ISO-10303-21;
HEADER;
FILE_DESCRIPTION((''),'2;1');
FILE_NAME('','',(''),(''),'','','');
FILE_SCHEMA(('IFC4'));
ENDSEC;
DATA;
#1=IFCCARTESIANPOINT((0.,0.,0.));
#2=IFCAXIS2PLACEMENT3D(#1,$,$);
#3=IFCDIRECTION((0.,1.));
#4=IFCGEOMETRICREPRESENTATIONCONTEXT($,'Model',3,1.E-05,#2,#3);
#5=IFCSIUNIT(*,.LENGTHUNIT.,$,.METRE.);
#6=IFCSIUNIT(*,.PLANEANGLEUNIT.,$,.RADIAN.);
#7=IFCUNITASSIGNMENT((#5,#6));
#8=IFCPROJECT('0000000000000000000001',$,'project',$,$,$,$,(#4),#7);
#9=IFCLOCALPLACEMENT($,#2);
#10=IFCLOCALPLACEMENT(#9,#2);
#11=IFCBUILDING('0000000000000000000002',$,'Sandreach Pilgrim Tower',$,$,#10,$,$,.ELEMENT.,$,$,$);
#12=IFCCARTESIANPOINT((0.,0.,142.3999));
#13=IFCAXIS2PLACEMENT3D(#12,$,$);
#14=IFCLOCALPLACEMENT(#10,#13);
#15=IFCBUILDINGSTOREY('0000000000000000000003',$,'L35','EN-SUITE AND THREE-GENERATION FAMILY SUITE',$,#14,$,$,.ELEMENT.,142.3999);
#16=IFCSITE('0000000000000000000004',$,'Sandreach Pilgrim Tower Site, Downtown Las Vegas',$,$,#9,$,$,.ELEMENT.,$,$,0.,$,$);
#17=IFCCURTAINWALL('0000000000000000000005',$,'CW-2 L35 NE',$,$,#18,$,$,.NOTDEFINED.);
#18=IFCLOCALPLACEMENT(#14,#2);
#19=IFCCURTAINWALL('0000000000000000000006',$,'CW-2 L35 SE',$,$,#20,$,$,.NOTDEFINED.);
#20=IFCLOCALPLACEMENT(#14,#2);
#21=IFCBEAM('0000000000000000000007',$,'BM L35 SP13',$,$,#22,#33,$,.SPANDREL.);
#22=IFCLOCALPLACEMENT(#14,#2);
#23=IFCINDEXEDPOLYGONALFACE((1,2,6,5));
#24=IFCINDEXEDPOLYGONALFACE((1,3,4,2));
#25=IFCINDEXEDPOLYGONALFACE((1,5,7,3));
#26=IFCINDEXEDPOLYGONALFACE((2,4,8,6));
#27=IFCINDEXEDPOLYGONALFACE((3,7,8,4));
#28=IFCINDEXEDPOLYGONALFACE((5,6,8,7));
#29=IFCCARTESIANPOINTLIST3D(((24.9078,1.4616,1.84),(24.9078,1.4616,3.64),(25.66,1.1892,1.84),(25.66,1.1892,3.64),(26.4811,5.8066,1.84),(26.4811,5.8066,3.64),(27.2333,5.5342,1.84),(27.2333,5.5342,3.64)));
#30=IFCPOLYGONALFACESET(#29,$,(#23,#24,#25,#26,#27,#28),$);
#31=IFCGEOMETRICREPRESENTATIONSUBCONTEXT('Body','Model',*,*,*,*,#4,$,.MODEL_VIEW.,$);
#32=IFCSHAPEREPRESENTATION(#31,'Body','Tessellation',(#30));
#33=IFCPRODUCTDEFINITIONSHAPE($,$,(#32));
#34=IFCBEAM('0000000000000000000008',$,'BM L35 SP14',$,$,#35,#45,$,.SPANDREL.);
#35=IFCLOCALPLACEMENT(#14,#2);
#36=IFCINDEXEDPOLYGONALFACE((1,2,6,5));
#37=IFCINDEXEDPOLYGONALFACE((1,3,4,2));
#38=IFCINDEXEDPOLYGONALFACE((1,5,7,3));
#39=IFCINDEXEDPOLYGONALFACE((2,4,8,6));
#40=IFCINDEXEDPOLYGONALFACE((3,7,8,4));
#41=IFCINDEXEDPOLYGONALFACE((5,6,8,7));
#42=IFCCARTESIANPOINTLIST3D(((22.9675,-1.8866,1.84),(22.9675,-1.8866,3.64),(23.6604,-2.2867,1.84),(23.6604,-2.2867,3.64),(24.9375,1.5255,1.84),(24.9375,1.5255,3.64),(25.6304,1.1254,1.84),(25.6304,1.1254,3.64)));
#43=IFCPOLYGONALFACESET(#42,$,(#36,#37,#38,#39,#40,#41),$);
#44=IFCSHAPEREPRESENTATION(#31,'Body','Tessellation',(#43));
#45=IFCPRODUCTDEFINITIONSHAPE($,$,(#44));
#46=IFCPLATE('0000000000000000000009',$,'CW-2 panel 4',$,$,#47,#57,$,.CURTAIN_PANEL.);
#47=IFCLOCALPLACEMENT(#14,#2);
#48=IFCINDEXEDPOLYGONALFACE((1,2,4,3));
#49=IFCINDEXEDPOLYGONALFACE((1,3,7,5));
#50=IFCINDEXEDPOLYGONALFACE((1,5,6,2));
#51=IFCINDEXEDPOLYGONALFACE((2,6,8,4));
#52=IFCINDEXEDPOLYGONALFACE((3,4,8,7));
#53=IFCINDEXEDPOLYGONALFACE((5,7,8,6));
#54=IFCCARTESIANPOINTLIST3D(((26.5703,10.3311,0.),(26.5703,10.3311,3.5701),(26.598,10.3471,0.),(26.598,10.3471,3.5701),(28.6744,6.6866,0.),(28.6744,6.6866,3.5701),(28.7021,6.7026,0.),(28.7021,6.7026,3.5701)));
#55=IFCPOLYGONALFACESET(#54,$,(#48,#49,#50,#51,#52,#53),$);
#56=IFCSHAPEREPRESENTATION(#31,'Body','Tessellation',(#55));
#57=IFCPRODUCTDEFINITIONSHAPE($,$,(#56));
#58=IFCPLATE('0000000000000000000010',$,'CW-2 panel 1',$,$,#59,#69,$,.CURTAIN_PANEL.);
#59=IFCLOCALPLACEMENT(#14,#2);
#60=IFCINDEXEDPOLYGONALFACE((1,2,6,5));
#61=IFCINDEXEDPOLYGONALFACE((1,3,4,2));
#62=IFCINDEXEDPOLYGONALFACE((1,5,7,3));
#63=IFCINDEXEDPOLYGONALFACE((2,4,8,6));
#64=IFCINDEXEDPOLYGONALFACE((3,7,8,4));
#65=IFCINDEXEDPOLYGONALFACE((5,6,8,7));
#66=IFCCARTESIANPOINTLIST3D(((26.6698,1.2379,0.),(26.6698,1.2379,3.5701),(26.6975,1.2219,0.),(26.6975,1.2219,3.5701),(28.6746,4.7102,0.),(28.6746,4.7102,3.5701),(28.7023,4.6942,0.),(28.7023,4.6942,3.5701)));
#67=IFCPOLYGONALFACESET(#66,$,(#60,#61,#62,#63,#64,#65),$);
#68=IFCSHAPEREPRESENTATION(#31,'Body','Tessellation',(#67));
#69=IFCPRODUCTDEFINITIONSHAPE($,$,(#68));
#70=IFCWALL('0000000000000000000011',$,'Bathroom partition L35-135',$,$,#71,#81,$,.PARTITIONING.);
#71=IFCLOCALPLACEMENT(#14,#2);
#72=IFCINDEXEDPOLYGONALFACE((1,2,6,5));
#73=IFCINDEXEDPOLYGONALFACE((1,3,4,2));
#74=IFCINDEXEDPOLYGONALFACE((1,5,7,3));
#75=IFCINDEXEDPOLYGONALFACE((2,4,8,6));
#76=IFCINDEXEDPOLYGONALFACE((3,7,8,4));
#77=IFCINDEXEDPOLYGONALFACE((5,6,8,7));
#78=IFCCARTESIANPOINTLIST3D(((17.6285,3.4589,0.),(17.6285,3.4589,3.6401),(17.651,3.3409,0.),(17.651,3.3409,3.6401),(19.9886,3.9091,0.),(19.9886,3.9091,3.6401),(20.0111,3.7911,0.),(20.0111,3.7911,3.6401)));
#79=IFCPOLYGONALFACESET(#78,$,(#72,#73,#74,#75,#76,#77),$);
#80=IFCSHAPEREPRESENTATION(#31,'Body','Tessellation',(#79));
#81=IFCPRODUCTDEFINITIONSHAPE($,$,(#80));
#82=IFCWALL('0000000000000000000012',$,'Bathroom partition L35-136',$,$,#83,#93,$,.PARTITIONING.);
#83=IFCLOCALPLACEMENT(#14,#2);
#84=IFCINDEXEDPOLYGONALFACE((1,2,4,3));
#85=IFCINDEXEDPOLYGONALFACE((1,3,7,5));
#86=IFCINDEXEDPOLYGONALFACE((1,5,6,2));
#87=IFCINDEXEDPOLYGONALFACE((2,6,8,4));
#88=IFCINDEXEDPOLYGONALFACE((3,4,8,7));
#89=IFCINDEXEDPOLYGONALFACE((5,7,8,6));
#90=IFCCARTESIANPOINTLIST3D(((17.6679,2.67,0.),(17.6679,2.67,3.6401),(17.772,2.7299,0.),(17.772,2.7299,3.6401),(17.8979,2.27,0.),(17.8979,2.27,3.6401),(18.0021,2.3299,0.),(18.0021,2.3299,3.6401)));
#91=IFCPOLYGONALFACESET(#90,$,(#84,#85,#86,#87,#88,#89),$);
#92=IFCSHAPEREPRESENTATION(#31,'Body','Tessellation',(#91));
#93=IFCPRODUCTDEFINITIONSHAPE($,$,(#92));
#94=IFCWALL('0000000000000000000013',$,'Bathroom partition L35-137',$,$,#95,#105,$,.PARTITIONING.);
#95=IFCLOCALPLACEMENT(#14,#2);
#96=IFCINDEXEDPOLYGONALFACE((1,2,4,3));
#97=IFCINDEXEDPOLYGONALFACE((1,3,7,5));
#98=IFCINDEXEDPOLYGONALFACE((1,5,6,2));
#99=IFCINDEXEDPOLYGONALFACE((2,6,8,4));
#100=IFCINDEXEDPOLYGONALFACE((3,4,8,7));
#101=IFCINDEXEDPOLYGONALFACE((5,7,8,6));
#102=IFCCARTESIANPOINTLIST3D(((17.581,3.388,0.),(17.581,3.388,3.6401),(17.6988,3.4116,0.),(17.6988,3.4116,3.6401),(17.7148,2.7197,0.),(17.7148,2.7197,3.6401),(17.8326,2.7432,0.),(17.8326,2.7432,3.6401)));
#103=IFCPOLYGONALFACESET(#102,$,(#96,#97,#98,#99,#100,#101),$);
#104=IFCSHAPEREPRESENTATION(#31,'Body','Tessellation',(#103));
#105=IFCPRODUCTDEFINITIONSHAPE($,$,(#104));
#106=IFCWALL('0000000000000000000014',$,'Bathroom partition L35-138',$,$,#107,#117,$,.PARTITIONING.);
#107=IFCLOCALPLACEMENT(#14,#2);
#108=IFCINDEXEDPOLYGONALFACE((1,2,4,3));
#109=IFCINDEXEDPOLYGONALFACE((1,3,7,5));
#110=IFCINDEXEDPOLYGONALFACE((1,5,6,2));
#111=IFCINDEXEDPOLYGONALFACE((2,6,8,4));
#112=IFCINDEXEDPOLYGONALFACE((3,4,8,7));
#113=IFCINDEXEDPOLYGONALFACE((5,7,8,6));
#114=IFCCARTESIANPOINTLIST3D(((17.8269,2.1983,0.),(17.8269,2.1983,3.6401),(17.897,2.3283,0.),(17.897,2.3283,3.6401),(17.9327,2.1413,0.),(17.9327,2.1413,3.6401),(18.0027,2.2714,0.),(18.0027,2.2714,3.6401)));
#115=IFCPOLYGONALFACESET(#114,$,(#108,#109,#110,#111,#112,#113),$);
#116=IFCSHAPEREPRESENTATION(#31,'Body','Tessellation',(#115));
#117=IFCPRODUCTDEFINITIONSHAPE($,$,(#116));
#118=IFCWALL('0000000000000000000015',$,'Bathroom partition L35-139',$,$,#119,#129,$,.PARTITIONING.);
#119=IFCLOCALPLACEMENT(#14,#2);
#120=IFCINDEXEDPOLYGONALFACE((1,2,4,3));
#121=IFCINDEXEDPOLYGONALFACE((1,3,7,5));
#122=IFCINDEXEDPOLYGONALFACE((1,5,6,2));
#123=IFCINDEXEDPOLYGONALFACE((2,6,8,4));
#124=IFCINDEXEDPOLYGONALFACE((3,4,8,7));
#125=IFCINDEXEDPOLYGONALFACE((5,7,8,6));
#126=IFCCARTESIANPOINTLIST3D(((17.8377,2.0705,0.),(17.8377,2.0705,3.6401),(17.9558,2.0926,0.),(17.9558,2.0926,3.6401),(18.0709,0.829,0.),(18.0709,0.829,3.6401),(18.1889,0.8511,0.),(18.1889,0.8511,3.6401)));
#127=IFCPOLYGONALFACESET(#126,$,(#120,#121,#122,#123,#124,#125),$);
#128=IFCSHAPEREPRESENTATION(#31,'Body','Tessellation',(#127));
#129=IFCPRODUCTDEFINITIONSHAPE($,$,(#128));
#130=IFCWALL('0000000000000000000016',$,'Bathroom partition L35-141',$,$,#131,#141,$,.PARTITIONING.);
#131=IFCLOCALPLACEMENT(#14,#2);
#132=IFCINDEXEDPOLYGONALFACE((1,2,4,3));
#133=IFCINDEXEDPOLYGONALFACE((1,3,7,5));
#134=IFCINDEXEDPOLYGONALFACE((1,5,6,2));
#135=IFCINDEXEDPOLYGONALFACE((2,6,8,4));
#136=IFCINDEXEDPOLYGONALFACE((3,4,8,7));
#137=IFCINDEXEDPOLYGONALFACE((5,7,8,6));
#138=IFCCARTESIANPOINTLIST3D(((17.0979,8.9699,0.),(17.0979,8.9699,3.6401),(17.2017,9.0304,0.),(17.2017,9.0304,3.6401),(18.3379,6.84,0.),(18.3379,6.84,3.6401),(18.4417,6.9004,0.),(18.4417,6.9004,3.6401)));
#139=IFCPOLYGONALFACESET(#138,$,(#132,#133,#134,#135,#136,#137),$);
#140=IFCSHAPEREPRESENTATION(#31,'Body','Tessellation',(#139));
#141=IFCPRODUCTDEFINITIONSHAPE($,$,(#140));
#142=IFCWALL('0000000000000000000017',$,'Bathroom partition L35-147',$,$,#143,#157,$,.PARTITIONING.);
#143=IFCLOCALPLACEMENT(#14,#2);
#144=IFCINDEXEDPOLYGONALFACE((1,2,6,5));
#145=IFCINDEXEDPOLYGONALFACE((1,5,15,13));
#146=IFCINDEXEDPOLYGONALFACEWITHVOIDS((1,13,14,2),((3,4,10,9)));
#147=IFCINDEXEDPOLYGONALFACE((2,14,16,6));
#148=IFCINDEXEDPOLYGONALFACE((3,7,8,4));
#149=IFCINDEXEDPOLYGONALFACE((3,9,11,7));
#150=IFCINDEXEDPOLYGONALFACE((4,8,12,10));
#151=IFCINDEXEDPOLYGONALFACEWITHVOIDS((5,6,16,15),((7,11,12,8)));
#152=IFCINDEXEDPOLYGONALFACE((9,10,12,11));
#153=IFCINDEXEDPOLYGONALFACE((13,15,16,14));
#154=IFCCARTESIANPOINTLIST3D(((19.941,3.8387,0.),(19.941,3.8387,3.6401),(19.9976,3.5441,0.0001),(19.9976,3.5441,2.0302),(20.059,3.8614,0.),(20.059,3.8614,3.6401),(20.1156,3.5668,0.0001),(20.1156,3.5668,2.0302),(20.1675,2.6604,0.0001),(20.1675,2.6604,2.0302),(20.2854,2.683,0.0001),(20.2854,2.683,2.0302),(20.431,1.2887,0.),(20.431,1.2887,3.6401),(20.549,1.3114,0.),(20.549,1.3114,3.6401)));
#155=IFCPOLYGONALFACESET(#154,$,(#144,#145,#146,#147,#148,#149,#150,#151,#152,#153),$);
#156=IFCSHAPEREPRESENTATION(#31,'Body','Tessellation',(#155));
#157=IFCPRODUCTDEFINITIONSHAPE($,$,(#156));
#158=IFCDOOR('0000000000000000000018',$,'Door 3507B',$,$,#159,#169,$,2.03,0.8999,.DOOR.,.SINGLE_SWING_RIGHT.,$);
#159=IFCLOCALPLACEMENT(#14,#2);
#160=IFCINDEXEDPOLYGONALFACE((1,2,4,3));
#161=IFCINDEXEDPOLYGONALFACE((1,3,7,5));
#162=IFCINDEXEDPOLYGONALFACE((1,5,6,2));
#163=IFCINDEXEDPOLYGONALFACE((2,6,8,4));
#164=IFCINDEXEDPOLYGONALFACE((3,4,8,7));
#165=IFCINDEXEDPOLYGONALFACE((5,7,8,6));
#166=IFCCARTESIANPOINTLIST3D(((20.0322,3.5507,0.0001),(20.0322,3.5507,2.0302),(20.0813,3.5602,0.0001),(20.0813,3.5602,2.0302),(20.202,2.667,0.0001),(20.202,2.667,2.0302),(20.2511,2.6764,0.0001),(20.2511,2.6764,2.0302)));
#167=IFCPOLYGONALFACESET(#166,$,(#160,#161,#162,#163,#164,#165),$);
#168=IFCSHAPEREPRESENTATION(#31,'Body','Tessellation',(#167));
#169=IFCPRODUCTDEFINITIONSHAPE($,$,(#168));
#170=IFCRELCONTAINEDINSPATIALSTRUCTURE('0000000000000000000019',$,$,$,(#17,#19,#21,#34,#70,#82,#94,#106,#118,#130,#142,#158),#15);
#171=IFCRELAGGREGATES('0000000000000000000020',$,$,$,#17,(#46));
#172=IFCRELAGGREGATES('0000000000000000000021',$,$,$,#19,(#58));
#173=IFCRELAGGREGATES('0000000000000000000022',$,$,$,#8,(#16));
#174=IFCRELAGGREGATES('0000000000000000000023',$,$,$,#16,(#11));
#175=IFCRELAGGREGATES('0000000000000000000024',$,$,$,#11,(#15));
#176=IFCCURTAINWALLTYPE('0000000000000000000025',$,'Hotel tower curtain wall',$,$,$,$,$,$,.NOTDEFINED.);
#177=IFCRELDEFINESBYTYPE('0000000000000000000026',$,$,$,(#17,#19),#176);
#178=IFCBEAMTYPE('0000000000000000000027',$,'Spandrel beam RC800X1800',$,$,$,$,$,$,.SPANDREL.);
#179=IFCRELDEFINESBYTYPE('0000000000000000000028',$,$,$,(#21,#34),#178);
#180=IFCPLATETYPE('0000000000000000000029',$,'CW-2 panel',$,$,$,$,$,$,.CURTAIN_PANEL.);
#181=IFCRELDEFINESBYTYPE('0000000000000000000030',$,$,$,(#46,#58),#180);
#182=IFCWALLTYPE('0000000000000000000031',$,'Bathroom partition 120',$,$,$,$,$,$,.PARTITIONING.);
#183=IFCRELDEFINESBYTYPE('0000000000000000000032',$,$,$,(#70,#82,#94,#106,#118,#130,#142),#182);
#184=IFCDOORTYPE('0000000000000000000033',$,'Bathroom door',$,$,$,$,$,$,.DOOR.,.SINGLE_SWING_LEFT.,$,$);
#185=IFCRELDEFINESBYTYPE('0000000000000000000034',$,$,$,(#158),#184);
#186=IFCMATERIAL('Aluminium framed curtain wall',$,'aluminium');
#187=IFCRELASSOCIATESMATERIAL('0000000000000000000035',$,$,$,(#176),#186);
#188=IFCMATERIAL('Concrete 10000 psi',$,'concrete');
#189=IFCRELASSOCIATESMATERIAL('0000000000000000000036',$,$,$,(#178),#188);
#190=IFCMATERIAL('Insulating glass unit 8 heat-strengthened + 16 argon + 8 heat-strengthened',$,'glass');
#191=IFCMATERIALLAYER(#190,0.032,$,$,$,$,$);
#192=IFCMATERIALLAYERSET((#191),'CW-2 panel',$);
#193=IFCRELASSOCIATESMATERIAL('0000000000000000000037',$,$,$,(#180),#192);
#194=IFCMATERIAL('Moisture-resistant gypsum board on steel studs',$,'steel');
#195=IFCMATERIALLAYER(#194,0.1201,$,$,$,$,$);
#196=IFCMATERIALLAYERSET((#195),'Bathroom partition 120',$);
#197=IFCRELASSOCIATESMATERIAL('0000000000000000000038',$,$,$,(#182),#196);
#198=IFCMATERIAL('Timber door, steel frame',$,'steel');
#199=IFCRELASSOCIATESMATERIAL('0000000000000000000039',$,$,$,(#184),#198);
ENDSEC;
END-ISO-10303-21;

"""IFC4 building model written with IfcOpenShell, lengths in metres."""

from ifc_helpers import new_model, si_unit, direction, frame, frame_2d, origin, origin_2d, place, context, subcontext, project, spatial, rectangle, extrude, material, layer, layer_set, material_profile, profile_set, type_object, element, fill, aggregate, save


model = new_model("IFC4")

# Units and contexts
model_context = context("Model", 3, precision=1e-05, world=origin(), true_north=direction((0.0, 1.0)))
body_context = subcontext(model_context, "Body", "Model", "MODEL_VIEW")
ifc_project = project(units=[si_unit("LENGTHUNIT", "METRE"), si_unit("PLANEANGLEUNIT", "RADIAN")], contexts=[model_context])

# Site, building, storey
site_placement = place(None, origin())
site = spatial("IfcSite", under=ifc_project, at=site_placement, Name="Sandreach Pilgrim Tower Site, Downtown Las Vegas", CompositionType="ELEMENT", RefElevation=0.0)
building_placement = place(site_placement, origin())
building = spatial("IfcBuilding", under=site, at=building_placement, Name="Sandreach Pilgrim Tower", CompositionType="ELEMENT")
storey_placement = place(building_placement, frame((0.0, 0.0, 142.3999)))
storey = spatial("IfcBuildingStorey", under=building, at=storey_placement, Name="L35", Description="EN-SUITE AND THREE-GENERATION FAMILY SUITE", CompositionType="ELEMENT", Elevation=142.3999)

# Curtain wall
ifc_material_1 = material(Name="Aluminium framed curtain wall", Category="aluminium")
curtain_wall_type = type_object("IfcCurtainWallType", Name="Hotel tower curtain wall", PredefinedType="NOTDEFINED", material=ifc_material_1)
curtain_wall_1_placement = place(storey_placement, origin())
curtain_wall_1 = element("IfcCurtainWall", 1, at=curtain_wall_1_placement, inside=storey, type_object=curtain_wall_type, Name="CW-2 L35 NE", PredefinedType="NOTDEFINED")

# Curtain wall
curtain_wall_2_placement = place(storey_placement, origin())
curtain_wall_2 = element("IfcCurtainWall", 2, at=curtain_wall_2_placement, inside=storey, type_object=curtain_wall_type, Name="CW-2 L35 SE", PredefinedType="NOTDEFINED")

# Beams
ifc_material_2 = material(Name="Concrete 10000 psi", Category="concrete")
ifc_material_profile_1 = material_profile(ifc_material_2, rectangle(XDim=0.8, YDim=1.8, at=origin_2d()), Name="RC800X1800")
ifc_profile_set_1 = profile_set([ifc_material_profile_1], Name="Concrete 10000 psi")
beam_type_1 = type_object("IfcBeamType", Name="Spandrel beam RC800X1800", PredefinedType="SPANDREL", material=ifc_profile_set_1)
beam_1_placement = place(storey_placement, frame((26.8572, 5.6704, 2.74), z_axis=(-0.340453, -0.940261, 0.0), x_axis=(0.940261, -0.340453, 0.0)))
element("IfcBeam", 3, at=beam_1_placement, inside=storey, type_object=beam_type_1, Name="BM L35 SP13", PredefinedType="SPANDREL", context=body_context, shape_type="SweptSolid", body=[
    extrude(rectangle(XDim=0.8, YDim=1.8, at=origin_2d()), origin(), (0.0, 0.0, 1.0), 4.6211),
])
beam_2_placement = place(storey_placement, frame((25.2839, 1.3254, 2.74), z_axis=(-0.499998, -0.866027, 0.0), x_axis=(0.866027, -0.499998, 0.0)))
element("IfcBeam", 4, at=beam_2_placement, inside=storey, type_object=beam_type_1, Name="BM L35 SP14", PredefinedType="SPANDREL", context=body_context, shape_type="SweptSolid", body=[
    extrude(rectangle(XDim=0.8, YDim=1.8, at=origin_2d()), origin(), (0.0, 0.0, 1.0), 3.9399),
])

# Plates
ifc_material_3 = material(Name="Insulating glass unit 8 heat-strengthened + 16 argon + 8 heat-strengthened", Category="glass")
ifc_layer_1 = layer(ifc_material_3, 0.032)
ifc_layer_set_1 = layer_set([ifc_layer_1], Name="CW-2 panel")
plate_type = type_object("IfcPlateType", Name="CW-2 panel", PredefinedType="CURTAIN_PANEL", material=ifc_layer_set_1)
plate_1_placement = place(storey_placement, frame((27.6362, 8.5168, 0.0), z_axis=(0.0, 0.0, 1.0), x_axis=(0.5, -0.866025, 0.0)))
plate_1 = element("IfcPlate", 5, at=plate_1_placement, type_object=plate_type, Name="CW-2 panel 4", PredefinedType="CURTAIN_PANEL", context=body_context, shape_type="SweptSolid", body=[
    extrude(rectangle(XDim=4.2083, YDim=0.032, at=origin_2d()), origin(), (0.0, 0.0, 1.0), 3.5701),
])
aggregate(curtain_wall_1, [plate_1])
plate_2_placement = place(storey_placement, frame((27.686, 2.9661, 0.0), z_axis=(0.0, 0.0, 1.0), x_axis=(-0.5, -0.866025, 0.0)))
plate_2 = element("IfcPlate", 6, at=plate_2_placement, type_object=plate_type, Name="CW-2 panel 1", PredefinedType="CURTAIN_PANEL", context=body_context, shape_type="SweptSolid", body=[
    extrude(rectangle(XDim=4.0095, YDim=0.032, at=origin_2d()), origin(), (0.0, 0.0, 1.0), 3.5701),
])
aggregate(curtain_wall_2, [plate_2])

# Walls
ifc_material_4 = material(Name="Moisture-resistant gypsum board on steel studs", Category="steel")
ifc_layer_2 = layer(ifc_material_4, 0.1201)
ifc_layer_set_2 = layer_set([ifc_layer_2], Name="Bathroom partition 120")
wall_type_1 = type_object("IfcWallType", Name="Bathroom partition 120", PredefinedType="PARTITIONING", material=ifc_layer_set_2)
wall_1_placement = place(storey_placement, frame((17.6399, 3.3999, 0.0), z_axis=(0.0, 0.0, 1.0), x_axis=(0.982289, 0.187374, 0.0)))
element("IfcWall", 7, at=wall_1_placement, inside=storey, type_object=wall_type_1, Name="Bathroom partition L35-135", PredefinedType="PARTITIONING", context=body_context, shape_type="SweptSolid", body=[
    extrude(rectangle(XDim=2.4026, YDim=0.1201, at=frame_2d((1.2012, 0.0))), origin(), (0.0, 0.0, 1.0), 3.6401),
])
wall_2_placement = place(storey_placement, frame((17.72, 2.7, 0.0), z_axis=(0.0, 0.0, 1.0), x_axis=(0.498531, -0.866872, 0.0)))
element("IfcWall", 8, at=wall_2_placement, inside=storey, type_object=wall_type_1, Name="Bathroom partition L35-136", PredefinedType="PARTITIONING", context=body_context, shape_type="SweptSolid", body=[
    extrude(rectangle(XDim=0.4614, YDim=0.1201, at=frame_2d((0.2307, 0.0))), origin(), (0.0, 0.0, 1.0), 3.6401),
])
wall_3_placement = place(storey_placement, frame((17.7737, 2.7314, 0.0), z_axis=(0.0, 0.0, 1.0), x_axis=(-0.196254, 0.980553, 0.0)))
element("IfcWall", 9, at=wall_3_placement, inside=storey, type_object=wall_type_1, Name="Bathroom partition L35-137", PredefinedType="PARTITIONING", context=body_context, shape_type="SweptSolid", body=[
    extrude(rectangle(XDim=0.6816, YDim=0.1201, at=frame_2d((0.3408, 0.0))), origin(), (0.0, 0.0, 1.0), 3.6401),
])
wall_4_placement = place(storey_placement, frame((17.8799, 2.1699, 0.0), z_axis=(0.0, 0.0, 1.0), x_axis=(0.4741, 0.880471, 0.0)))
element("IfcWall", 10, at=wall_4_placement, inside=storey, type_object=wall_type_1, Name="Bathroom partition L35-138", PredefinedType="PARTITIONING", context=body_context, shape_type="SweptSolid", body=[
    extrude(rectangle(XDim=0.1477, YDim=0.1201, at=frame_2d((0.0737, 0.0))), origin(), (0.0, 0.0, 1.0), 3.6401),
])
wall_5_placement = place(storey_placement, frame((17.8967, 2.0815, 0.0), z_axis=(0.0, 0.0, 1.0), x_axis=(0.18458, -0.982817, 0.0)))
element("IfcWall", 11, at=wall_5_placement, inside=storey, type_object=wall_type_1, Name="Bathroom partition L35-139", PredefinedType="PARTITIONING", context=body_context, shape_type="SweptSolid", body=[
    extrude(rectangle(XDim=1.2632, YDim=0.1201, at=frame_2d((0.6316, 0.0))), origin(), (0.0, 0.0, 1.0), 3.6401),
])
wall_6_placement = place(storey_placement, frame((18.3899, 6.8701, 0.0), z_axis=(0.0, 0.0, 1.0), x_axis=(-0.503132, 0.86421, 0.0)))
element("IfcWall", 12, at=wall_6_placement, inside=storey, type_object=wall_type_1, Name="Bathroom partition L35-141", PredefinedType="PARTITIONING", context=body_context, shape_type="SweptSolid", body=[
    extrude(rectangle(XDim=2.4646, YDim=0.1201, at=frame_2d((1.2324, 0.0))), origin(), (0.0, 0.0, 1.0), 3.6401),
])

# Wall, opening, door
wall_7_placement = place(storey_placement, frame((20.49, 1.3, 0.0), z_axis=(0.0, 0.0, 1.0), x_axis=(-0.188697, 0.982035, 0.0)))
wall_7 = element("IfcWall", 13, at=wall_7_placement, inside=storey, type_object=wall_type_1, Name="Bathroom partition L35-147", PredefinedType="PARTITIONING", context=body_context, shape_type="SweptSolid", body=[
    extrude(rectangle(XDim=2.5967, YDim=0.1201, at=frame_2d((1.2983, 0.0))), origin(), (0.0, 0.0, 1.0), 3.6401),
])
opening_1_placement = place(wall_7_placement, frame((1.3967, 0.0, 0.0)))
opening_1 = element("IfcOpeningElement", 14, at=opening_1_placement, cuts=wall_7, PredefinedType="OPENING", context=body_context, shape_type="SweptSolid", body=[
    extrude(rectangle(XDim=0.8999, YDim=2.03, at=frame_2d((0.45, 1.0151))), frame((0.0, 0.0601, 0.0), z_axis=(0.0, -1.0, 0.0), x_axis=(1.0, 0.0, 0.0)), (0.0, 0.0, 1.0), 0.1201),
])
ifc_material_5 = material(Name="Timber door, steel frame", Category="steel")
door_type = type_object("IfcDoorType", Name="Bathroom door", OperationType="SINGLE_SWING_LEFT", PredefinedType="DOOR", material=ifc_material_5)
door_1_placement = place(opening_1_placement, origin())
door_1 = element("IfcDoor", 15, at=door_1_placement, inside=storey, type_object=door_type, Name="Door 3507B", OperationType="SINGLE_SWING_RIGHT", OverallHeight=2.03, OverallWidth=0.8999, PredefinedType="DOOR", context=body_context, shape_type="SweptSolid", body=[
    extrude(rectangle(XDim=0.8999, YDim=2.03, at=frame_2d((0.45, 1.0151))), frame((0.0, 0.0249, 0.0), z_axis=(0.0, -1.0, 0.0), x_axis=(1.0, 0.0, 0.0)), (0.0, 0.0, 1.0), 0.05),
])
fill(opening_1, door_1)

save(model, "model.ifc")
